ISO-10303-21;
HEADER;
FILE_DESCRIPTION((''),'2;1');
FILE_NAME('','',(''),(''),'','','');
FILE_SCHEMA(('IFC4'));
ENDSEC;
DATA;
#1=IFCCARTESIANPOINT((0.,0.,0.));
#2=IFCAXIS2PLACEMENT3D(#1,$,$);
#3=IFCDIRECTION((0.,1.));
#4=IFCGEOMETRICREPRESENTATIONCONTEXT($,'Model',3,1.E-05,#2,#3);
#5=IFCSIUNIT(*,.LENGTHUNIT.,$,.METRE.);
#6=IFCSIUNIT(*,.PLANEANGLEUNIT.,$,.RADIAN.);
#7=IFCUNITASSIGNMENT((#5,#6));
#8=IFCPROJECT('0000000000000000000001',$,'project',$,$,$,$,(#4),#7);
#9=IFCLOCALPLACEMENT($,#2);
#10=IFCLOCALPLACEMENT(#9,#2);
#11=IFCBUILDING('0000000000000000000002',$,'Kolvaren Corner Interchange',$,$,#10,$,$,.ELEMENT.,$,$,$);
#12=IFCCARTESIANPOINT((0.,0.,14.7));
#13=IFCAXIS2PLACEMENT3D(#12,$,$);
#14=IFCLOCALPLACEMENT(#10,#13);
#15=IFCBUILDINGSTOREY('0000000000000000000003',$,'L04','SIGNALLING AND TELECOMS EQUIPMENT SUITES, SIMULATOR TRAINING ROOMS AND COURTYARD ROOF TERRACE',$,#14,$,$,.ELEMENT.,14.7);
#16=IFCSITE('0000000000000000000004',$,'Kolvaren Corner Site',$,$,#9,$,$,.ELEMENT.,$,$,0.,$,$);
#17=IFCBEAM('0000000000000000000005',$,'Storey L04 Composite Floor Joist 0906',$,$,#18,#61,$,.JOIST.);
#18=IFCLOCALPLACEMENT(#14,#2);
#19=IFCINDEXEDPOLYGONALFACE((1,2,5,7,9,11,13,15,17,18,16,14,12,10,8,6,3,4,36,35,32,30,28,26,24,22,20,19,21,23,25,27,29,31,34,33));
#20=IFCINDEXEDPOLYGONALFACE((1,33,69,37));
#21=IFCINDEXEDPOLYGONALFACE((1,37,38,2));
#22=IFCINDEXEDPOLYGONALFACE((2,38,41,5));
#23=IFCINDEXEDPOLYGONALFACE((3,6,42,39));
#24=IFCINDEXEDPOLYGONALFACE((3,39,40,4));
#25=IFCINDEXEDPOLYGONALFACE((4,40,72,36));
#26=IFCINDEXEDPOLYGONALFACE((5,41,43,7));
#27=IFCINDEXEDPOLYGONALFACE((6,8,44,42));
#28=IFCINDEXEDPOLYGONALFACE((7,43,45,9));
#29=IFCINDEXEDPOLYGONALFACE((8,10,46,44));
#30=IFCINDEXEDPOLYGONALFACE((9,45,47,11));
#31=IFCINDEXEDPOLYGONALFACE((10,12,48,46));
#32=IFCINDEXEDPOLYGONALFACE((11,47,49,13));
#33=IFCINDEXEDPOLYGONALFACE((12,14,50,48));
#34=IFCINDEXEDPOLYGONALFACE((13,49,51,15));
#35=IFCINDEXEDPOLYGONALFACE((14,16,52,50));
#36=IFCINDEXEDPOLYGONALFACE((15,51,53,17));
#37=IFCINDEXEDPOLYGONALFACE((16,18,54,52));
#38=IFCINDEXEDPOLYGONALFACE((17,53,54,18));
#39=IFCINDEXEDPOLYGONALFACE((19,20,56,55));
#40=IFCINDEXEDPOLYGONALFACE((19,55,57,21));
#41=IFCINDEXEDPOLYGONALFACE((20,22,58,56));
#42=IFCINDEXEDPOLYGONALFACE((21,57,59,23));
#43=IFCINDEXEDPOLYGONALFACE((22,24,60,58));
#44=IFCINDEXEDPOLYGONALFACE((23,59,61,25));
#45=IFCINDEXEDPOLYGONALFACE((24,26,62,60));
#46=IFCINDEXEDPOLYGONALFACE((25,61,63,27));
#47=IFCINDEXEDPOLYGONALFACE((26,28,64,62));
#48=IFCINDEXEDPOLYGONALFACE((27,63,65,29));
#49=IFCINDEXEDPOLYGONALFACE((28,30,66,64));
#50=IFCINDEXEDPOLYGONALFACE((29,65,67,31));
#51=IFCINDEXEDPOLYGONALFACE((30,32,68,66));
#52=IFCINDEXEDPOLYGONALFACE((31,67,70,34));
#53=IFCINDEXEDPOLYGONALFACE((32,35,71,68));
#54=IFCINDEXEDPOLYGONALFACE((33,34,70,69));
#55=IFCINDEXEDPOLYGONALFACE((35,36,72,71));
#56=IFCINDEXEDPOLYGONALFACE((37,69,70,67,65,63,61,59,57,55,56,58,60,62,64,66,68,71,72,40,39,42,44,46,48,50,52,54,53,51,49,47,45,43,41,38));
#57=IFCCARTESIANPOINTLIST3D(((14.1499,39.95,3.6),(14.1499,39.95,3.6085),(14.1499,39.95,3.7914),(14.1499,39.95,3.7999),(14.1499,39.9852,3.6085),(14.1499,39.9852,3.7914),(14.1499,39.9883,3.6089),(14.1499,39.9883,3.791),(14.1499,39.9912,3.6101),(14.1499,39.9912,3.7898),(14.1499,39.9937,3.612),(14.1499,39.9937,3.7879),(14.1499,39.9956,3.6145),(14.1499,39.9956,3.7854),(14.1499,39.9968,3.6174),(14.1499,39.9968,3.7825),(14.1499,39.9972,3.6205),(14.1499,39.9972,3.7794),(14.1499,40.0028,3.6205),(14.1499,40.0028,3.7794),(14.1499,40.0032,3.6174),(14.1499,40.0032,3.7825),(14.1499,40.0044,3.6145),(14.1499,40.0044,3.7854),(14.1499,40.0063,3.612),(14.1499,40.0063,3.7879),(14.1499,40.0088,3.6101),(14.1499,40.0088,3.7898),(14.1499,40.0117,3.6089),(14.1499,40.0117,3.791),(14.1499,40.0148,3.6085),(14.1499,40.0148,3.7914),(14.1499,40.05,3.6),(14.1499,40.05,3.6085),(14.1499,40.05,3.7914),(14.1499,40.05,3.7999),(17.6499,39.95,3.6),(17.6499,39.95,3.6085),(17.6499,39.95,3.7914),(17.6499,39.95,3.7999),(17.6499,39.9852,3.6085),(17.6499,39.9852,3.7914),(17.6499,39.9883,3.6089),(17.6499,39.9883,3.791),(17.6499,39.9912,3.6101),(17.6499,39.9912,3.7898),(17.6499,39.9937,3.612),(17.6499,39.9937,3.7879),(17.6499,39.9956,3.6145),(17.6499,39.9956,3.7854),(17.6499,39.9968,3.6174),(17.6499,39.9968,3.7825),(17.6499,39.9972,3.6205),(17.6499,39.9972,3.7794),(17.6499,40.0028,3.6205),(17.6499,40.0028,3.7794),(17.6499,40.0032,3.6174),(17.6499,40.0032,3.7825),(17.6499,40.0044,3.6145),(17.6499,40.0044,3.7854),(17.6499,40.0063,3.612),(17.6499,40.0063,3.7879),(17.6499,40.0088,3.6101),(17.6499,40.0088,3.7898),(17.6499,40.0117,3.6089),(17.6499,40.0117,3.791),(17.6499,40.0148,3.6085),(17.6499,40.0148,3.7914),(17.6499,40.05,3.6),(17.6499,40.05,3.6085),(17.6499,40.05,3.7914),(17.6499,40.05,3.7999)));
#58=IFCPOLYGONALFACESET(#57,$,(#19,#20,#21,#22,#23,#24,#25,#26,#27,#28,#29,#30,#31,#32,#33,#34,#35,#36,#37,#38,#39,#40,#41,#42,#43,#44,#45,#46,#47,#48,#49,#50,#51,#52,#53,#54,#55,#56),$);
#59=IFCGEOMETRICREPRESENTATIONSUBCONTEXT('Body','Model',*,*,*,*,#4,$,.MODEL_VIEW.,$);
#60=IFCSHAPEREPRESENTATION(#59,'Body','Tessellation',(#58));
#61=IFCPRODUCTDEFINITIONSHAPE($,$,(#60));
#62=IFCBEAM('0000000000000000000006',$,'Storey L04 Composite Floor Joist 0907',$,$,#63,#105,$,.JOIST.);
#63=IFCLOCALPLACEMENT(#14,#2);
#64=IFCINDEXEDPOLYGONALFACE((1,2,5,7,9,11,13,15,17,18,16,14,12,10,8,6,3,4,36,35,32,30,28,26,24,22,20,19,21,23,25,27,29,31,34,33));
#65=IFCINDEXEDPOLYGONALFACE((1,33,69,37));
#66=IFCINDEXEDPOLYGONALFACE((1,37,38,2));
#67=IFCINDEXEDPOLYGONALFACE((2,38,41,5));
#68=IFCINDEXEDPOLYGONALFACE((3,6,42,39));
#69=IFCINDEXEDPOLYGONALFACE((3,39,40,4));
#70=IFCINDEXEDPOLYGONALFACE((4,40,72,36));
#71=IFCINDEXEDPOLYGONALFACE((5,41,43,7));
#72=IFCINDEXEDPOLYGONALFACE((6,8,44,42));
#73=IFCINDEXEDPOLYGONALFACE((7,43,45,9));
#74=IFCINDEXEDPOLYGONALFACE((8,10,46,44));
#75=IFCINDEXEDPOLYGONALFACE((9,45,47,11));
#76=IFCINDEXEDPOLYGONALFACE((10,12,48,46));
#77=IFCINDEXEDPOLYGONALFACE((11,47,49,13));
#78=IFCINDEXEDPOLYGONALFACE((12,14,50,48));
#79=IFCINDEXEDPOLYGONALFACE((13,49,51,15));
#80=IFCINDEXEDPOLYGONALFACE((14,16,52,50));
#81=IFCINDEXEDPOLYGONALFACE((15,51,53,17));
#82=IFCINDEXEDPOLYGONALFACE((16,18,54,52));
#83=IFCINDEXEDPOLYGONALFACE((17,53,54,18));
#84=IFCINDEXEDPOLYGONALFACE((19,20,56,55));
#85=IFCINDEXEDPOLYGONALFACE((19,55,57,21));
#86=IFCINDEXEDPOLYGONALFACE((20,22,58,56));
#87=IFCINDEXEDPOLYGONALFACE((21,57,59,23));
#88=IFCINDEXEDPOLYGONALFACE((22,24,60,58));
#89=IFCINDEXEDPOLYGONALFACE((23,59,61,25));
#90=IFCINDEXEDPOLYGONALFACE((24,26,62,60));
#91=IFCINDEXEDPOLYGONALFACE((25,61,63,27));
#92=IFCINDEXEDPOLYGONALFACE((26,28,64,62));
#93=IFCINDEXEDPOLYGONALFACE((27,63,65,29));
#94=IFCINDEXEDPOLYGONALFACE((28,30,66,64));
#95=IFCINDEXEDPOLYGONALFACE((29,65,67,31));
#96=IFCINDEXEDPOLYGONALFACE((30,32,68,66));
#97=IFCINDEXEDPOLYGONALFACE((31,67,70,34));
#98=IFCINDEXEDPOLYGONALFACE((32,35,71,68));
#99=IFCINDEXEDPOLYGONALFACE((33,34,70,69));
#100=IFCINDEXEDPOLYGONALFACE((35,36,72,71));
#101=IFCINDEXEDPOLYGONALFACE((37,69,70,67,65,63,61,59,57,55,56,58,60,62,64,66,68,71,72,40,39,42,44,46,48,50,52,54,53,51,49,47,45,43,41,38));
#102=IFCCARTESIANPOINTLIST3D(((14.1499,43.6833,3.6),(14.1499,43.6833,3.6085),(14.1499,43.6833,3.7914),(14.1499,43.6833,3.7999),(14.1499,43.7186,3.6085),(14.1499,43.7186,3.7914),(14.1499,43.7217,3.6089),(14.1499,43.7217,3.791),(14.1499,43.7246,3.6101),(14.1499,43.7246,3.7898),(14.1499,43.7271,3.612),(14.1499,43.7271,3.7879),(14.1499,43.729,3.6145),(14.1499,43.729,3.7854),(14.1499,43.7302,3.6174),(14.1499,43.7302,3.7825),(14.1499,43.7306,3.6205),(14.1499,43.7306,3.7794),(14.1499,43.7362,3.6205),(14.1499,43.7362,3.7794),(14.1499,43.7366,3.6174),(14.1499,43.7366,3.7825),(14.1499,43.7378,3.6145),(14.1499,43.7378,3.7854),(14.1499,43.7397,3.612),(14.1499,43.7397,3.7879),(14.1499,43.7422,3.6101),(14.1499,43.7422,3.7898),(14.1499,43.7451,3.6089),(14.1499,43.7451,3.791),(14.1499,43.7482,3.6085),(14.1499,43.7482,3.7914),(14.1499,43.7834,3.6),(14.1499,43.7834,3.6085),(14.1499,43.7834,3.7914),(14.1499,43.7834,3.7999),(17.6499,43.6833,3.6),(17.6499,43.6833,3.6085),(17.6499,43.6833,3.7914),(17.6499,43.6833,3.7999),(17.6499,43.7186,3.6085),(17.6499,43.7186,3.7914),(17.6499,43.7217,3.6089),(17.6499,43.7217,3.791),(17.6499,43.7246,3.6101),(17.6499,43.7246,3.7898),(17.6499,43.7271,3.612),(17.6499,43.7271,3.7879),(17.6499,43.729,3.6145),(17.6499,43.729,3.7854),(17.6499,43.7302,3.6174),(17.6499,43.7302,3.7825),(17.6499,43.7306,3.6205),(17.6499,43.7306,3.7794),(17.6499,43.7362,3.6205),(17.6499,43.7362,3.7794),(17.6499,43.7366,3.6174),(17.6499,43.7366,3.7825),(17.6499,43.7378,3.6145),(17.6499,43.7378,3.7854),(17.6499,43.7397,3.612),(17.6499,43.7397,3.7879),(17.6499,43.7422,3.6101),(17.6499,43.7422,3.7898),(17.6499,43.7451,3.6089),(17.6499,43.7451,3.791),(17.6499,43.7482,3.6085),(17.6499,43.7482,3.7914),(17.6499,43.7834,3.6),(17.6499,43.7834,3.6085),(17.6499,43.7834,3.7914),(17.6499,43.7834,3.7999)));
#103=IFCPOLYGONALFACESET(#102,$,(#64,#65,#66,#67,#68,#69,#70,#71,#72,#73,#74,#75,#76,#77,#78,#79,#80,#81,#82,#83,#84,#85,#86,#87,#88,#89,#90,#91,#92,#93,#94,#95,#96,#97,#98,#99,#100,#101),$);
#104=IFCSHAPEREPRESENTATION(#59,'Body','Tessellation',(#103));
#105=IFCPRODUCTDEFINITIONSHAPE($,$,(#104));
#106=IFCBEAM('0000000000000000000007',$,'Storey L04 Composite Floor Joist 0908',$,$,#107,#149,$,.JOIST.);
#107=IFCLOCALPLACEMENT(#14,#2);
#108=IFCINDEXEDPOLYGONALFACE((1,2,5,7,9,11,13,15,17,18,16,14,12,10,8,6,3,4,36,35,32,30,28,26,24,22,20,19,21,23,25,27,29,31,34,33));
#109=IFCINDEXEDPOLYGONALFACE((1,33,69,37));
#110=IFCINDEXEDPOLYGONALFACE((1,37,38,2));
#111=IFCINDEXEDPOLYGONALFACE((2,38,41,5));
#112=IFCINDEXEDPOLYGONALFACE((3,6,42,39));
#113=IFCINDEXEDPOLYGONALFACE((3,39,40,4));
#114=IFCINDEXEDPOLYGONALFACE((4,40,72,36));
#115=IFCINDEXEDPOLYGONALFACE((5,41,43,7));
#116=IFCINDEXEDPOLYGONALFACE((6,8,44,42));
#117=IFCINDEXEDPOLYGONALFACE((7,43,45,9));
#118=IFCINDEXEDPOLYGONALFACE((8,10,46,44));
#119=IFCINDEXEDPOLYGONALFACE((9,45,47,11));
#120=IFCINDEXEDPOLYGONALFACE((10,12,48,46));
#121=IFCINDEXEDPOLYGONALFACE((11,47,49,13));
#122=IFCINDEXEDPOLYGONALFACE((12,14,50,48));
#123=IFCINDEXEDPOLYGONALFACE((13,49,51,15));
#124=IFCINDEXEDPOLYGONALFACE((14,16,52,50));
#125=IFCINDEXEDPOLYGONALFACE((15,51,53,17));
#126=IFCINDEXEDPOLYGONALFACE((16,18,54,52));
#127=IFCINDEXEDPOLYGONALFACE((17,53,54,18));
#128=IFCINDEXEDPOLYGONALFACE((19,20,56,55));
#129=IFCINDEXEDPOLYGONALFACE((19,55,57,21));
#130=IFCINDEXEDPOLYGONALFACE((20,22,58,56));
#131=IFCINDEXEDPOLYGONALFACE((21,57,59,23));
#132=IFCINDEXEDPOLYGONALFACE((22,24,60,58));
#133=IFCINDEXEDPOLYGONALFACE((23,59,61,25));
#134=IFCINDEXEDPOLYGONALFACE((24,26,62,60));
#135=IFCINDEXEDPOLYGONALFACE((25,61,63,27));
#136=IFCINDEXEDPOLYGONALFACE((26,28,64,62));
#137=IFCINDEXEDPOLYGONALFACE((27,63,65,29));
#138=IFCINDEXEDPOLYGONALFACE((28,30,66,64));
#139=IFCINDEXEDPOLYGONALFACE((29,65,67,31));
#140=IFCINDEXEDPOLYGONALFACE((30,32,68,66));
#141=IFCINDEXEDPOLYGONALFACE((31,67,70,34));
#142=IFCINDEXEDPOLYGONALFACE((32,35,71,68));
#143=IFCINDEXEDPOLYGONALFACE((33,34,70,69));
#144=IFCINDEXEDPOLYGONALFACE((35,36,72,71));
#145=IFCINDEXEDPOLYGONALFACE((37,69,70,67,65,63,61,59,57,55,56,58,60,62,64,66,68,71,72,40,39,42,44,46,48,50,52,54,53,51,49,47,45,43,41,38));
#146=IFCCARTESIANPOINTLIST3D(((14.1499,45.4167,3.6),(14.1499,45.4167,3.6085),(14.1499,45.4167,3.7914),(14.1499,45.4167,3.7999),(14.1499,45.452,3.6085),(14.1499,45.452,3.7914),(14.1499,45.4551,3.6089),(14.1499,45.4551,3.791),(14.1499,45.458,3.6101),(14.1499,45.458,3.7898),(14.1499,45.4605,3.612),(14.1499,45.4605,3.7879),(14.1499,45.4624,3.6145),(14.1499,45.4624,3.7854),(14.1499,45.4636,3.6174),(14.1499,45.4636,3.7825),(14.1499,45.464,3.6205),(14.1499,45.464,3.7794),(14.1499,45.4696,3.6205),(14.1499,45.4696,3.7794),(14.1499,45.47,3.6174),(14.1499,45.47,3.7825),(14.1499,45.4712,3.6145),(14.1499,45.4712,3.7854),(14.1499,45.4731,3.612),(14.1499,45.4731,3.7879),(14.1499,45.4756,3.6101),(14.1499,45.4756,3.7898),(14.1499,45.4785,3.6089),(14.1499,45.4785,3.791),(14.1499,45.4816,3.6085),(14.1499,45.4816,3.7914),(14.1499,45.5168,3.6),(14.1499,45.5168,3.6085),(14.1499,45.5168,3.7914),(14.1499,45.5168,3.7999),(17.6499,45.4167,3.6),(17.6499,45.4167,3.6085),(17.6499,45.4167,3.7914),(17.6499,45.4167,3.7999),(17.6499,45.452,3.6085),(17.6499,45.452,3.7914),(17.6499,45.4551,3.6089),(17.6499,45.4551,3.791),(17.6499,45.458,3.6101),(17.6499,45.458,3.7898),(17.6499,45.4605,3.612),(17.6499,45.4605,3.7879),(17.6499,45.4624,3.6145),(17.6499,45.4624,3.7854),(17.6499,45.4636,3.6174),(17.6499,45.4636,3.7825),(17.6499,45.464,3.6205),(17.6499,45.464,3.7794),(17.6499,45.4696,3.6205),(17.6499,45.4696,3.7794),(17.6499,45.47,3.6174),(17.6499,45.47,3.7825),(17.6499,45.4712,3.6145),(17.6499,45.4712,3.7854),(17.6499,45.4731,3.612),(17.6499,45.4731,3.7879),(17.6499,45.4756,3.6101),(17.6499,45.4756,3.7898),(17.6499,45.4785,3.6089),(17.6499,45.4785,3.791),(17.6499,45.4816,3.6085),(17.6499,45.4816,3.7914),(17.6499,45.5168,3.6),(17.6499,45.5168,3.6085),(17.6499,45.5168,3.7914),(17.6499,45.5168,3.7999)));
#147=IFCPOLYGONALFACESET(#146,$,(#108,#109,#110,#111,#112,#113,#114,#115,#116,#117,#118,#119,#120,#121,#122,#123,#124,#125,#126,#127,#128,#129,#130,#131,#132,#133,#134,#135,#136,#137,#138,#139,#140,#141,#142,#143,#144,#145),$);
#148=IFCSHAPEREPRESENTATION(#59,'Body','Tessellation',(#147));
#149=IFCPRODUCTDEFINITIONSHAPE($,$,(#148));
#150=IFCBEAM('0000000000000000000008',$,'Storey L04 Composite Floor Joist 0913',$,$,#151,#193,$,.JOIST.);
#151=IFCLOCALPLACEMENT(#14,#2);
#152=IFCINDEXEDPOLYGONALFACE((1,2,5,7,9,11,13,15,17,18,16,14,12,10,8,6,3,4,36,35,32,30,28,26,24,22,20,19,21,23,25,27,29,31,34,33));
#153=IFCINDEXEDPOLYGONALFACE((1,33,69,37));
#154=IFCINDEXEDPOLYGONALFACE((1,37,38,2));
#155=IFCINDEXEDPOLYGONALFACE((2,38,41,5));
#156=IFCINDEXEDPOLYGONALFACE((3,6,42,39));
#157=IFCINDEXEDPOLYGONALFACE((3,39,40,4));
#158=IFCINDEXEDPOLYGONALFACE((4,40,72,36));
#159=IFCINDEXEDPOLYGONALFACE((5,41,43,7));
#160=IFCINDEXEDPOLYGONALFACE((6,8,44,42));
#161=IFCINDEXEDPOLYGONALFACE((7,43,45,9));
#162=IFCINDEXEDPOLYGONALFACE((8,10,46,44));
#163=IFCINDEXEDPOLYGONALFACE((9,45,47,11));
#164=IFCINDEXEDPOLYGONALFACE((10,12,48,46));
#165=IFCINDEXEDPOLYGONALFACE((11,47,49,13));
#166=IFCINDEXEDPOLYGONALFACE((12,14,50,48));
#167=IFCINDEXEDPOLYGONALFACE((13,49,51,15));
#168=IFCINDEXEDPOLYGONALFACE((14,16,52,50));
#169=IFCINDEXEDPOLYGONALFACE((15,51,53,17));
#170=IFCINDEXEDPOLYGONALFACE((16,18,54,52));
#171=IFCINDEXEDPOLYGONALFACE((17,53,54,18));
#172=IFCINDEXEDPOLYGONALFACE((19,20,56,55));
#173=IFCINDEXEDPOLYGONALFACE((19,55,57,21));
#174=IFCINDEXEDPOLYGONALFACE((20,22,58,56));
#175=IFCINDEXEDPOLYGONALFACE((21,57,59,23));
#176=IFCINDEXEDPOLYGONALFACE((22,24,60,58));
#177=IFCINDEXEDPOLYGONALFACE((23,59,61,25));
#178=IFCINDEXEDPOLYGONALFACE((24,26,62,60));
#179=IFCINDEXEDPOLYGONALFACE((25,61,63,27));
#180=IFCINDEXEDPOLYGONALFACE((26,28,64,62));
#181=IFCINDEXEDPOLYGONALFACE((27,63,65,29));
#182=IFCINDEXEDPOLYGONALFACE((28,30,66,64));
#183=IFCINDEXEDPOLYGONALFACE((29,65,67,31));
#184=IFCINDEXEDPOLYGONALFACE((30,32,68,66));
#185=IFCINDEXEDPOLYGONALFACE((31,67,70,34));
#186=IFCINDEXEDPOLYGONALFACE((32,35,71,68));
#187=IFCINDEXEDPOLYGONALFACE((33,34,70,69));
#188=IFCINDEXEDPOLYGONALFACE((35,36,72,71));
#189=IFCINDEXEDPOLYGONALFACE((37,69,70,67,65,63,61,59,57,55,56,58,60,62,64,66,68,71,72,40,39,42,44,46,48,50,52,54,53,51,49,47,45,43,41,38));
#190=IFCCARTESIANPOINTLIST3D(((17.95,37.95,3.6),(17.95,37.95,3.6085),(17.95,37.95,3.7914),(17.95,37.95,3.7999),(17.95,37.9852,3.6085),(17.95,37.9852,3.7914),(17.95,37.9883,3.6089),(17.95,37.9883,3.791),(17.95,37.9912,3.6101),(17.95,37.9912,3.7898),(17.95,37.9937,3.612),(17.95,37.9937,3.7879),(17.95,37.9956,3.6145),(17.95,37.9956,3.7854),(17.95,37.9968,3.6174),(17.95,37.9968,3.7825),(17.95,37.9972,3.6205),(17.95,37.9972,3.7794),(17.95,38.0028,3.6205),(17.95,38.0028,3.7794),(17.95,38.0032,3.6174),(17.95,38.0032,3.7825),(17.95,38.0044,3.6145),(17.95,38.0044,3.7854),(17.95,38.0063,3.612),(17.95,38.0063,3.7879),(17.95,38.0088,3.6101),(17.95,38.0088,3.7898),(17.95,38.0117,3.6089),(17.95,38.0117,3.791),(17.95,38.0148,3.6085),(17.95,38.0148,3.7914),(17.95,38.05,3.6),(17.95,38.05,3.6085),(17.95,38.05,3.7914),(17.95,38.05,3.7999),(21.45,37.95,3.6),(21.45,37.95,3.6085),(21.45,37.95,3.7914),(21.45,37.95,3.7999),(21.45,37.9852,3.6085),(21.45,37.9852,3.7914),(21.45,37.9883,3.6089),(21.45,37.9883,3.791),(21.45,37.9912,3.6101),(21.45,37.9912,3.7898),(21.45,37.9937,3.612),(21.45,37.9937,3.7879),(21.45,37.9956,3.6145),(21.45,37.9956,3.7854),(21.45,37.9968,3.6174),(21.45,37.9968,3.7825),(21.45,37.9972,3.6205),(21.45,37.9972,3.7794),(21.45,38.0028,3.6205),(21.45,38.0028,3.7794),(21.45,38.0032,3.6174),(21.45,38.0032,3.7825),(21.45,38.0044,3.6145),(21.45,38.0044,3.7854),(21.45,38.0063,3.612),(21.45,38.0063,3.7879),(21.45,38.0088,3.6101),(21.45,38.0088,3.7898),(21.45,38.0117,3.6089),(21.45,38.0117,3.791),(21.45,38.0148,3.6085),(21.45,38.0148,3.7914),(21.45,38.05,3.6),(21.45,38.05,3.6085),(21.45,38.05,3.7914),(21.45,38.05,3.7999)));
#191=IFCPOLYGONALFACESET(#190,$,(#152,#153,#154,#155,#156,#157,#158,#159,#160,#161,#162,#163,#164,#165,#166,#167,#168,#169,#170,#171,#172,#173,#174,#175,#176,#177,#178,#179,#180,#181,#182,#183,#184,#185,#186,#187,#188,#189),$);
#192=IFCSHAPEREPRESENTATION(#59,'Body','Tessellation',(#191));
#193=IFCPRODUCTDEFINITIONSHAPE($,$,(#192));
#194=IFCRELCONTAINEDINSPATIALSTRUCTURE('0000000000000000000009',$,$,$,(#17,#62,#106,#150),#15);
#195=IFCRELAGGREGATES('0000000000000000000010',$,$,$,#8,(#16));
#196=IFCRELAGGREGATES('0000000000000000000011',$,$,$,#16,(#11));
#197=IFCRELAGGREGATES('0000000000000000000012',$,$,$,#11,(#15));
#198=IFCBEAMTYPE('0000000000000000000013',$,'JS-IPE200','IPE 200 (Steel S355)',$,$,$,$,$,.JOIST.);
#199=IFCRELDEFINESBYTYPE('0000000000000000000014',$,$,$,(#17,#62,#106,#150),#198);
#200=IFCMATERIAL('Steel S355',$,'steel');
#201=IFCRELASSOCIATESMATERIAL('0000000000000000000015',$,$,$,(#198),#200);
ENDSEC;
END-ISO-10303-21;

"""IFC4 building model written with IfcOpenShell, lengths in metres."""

from ifc_helpers import new_model, si_unit, direction, frame, origin, origin_2d, place, context, subcontext, project, spatial, i_section, extrude, material, material_profile, profile_set, type_object, element, save


model = new_model("IFC4")

# Units and contexts
model_context = context("Model", 3, precision=1e-05, world=origin(), true_north=direction((0.0, 1.0)))
body_context = subcontext(model_context, "Body", "Model", "MODEL_VIEW")
ifc_project = project(units=[si_unit("LENGTHUNIT", "METRE"), si_unit("PLANEANGLEUNIT", "RADIAN")], contexts=[model_context])

# Site, building, storey
site_placement = place(None, origin())
site = spatial("IfcSite", under=ifc_project, at=site_placement, Name="Kolvaren Corner Site", CompositionType="ELEMENT", RefElevation=0.0)
building_placement = place(site_placement, origin())
building = spatial("IfcBuilding", under=site, at=building_placement, Name="Kolvaren Corner Interchange", CompositionType="ELEMENT")
storey_placement = place(building_placement, frame((0.0, 0.0, 14.7)))
storey = spatial("IfcBuildingStorey", under=building, at=storey_placement, Name="L04", Description="SIGNALLING AND TELECOMS EQUIPMENT SUITES, SIMULATOR TRAINING ROOMS AND COURTYARD ROOF TERRACE", CompositionType="ELEMENT", Elevation=14.7)

# Beams
ifc_material_1 = material(Name="Steel S355", Category="steel")
ifc_material_profile_1 = material_profile(ifc_material_1, i_section(OverallWidth=0.1001, OverallDepth=0.2, WebThickness=0.0056, FlangeThickness=0.0085, FilletRadius=0.012, at=origin_2d()), Name="IPE 200")
ifc_profile_set_1 = profile_set([ifc_material_profile_1], Name="Steel S355")
beam_type_1 = type_object("IfcBeamType", Name="JS-IPE200", Description="IPE 200 (Steel S355)", PredefinedType="JOIST", material=ifc_profile_set_1)
for number, where, z_axis, x_axis, name in (
    (1, (14.1499, 40.0, 3.7), (1.0, 0.0, 0.0), (0.0, 1.0, 0.0), "Storey L04 Composite Floor Joist 0906"),
    (2, (14.1499, 43.7334, 3.7), (1.0, 0.0, 0.0), (0.0, 1.0, 0.0), "Storey L04 Composite Floor Joist 0907"),
    (3, (14.1499, 45.4668, 3.7), (1.0, 0.0, 0.0), (0.0, 1.0, 0.0), "Storey L04 Composite Floor Joist 0908"),
    (4, (17.95, 38.0, 3.7), (1.0, 0.0, 0.0), (0.0, 1.0, 0.0), "Storey L04 Composite Floor Joist 0913"),
):
    element("IfcBeam", number, at=place(storey_placement, frame(where, z_axis=z_axis, x_axis=x_axis)), inside=storey, type_object=beam_type_1, Name=name, PredefinedType="JOIST", context=body_context, shape_type="SweptSolid", body=[
        extrude(i_section(OverallWidth=0.1001, OverallDepth=0.2, WebThickness=0.0056, FlangeThickness=0.0085, FilletRadius=0.012, at=origin_2d()), origin(), (0.0, 0.0, 1.0), 3.5),
    ])

save(model, "model.ifc")
